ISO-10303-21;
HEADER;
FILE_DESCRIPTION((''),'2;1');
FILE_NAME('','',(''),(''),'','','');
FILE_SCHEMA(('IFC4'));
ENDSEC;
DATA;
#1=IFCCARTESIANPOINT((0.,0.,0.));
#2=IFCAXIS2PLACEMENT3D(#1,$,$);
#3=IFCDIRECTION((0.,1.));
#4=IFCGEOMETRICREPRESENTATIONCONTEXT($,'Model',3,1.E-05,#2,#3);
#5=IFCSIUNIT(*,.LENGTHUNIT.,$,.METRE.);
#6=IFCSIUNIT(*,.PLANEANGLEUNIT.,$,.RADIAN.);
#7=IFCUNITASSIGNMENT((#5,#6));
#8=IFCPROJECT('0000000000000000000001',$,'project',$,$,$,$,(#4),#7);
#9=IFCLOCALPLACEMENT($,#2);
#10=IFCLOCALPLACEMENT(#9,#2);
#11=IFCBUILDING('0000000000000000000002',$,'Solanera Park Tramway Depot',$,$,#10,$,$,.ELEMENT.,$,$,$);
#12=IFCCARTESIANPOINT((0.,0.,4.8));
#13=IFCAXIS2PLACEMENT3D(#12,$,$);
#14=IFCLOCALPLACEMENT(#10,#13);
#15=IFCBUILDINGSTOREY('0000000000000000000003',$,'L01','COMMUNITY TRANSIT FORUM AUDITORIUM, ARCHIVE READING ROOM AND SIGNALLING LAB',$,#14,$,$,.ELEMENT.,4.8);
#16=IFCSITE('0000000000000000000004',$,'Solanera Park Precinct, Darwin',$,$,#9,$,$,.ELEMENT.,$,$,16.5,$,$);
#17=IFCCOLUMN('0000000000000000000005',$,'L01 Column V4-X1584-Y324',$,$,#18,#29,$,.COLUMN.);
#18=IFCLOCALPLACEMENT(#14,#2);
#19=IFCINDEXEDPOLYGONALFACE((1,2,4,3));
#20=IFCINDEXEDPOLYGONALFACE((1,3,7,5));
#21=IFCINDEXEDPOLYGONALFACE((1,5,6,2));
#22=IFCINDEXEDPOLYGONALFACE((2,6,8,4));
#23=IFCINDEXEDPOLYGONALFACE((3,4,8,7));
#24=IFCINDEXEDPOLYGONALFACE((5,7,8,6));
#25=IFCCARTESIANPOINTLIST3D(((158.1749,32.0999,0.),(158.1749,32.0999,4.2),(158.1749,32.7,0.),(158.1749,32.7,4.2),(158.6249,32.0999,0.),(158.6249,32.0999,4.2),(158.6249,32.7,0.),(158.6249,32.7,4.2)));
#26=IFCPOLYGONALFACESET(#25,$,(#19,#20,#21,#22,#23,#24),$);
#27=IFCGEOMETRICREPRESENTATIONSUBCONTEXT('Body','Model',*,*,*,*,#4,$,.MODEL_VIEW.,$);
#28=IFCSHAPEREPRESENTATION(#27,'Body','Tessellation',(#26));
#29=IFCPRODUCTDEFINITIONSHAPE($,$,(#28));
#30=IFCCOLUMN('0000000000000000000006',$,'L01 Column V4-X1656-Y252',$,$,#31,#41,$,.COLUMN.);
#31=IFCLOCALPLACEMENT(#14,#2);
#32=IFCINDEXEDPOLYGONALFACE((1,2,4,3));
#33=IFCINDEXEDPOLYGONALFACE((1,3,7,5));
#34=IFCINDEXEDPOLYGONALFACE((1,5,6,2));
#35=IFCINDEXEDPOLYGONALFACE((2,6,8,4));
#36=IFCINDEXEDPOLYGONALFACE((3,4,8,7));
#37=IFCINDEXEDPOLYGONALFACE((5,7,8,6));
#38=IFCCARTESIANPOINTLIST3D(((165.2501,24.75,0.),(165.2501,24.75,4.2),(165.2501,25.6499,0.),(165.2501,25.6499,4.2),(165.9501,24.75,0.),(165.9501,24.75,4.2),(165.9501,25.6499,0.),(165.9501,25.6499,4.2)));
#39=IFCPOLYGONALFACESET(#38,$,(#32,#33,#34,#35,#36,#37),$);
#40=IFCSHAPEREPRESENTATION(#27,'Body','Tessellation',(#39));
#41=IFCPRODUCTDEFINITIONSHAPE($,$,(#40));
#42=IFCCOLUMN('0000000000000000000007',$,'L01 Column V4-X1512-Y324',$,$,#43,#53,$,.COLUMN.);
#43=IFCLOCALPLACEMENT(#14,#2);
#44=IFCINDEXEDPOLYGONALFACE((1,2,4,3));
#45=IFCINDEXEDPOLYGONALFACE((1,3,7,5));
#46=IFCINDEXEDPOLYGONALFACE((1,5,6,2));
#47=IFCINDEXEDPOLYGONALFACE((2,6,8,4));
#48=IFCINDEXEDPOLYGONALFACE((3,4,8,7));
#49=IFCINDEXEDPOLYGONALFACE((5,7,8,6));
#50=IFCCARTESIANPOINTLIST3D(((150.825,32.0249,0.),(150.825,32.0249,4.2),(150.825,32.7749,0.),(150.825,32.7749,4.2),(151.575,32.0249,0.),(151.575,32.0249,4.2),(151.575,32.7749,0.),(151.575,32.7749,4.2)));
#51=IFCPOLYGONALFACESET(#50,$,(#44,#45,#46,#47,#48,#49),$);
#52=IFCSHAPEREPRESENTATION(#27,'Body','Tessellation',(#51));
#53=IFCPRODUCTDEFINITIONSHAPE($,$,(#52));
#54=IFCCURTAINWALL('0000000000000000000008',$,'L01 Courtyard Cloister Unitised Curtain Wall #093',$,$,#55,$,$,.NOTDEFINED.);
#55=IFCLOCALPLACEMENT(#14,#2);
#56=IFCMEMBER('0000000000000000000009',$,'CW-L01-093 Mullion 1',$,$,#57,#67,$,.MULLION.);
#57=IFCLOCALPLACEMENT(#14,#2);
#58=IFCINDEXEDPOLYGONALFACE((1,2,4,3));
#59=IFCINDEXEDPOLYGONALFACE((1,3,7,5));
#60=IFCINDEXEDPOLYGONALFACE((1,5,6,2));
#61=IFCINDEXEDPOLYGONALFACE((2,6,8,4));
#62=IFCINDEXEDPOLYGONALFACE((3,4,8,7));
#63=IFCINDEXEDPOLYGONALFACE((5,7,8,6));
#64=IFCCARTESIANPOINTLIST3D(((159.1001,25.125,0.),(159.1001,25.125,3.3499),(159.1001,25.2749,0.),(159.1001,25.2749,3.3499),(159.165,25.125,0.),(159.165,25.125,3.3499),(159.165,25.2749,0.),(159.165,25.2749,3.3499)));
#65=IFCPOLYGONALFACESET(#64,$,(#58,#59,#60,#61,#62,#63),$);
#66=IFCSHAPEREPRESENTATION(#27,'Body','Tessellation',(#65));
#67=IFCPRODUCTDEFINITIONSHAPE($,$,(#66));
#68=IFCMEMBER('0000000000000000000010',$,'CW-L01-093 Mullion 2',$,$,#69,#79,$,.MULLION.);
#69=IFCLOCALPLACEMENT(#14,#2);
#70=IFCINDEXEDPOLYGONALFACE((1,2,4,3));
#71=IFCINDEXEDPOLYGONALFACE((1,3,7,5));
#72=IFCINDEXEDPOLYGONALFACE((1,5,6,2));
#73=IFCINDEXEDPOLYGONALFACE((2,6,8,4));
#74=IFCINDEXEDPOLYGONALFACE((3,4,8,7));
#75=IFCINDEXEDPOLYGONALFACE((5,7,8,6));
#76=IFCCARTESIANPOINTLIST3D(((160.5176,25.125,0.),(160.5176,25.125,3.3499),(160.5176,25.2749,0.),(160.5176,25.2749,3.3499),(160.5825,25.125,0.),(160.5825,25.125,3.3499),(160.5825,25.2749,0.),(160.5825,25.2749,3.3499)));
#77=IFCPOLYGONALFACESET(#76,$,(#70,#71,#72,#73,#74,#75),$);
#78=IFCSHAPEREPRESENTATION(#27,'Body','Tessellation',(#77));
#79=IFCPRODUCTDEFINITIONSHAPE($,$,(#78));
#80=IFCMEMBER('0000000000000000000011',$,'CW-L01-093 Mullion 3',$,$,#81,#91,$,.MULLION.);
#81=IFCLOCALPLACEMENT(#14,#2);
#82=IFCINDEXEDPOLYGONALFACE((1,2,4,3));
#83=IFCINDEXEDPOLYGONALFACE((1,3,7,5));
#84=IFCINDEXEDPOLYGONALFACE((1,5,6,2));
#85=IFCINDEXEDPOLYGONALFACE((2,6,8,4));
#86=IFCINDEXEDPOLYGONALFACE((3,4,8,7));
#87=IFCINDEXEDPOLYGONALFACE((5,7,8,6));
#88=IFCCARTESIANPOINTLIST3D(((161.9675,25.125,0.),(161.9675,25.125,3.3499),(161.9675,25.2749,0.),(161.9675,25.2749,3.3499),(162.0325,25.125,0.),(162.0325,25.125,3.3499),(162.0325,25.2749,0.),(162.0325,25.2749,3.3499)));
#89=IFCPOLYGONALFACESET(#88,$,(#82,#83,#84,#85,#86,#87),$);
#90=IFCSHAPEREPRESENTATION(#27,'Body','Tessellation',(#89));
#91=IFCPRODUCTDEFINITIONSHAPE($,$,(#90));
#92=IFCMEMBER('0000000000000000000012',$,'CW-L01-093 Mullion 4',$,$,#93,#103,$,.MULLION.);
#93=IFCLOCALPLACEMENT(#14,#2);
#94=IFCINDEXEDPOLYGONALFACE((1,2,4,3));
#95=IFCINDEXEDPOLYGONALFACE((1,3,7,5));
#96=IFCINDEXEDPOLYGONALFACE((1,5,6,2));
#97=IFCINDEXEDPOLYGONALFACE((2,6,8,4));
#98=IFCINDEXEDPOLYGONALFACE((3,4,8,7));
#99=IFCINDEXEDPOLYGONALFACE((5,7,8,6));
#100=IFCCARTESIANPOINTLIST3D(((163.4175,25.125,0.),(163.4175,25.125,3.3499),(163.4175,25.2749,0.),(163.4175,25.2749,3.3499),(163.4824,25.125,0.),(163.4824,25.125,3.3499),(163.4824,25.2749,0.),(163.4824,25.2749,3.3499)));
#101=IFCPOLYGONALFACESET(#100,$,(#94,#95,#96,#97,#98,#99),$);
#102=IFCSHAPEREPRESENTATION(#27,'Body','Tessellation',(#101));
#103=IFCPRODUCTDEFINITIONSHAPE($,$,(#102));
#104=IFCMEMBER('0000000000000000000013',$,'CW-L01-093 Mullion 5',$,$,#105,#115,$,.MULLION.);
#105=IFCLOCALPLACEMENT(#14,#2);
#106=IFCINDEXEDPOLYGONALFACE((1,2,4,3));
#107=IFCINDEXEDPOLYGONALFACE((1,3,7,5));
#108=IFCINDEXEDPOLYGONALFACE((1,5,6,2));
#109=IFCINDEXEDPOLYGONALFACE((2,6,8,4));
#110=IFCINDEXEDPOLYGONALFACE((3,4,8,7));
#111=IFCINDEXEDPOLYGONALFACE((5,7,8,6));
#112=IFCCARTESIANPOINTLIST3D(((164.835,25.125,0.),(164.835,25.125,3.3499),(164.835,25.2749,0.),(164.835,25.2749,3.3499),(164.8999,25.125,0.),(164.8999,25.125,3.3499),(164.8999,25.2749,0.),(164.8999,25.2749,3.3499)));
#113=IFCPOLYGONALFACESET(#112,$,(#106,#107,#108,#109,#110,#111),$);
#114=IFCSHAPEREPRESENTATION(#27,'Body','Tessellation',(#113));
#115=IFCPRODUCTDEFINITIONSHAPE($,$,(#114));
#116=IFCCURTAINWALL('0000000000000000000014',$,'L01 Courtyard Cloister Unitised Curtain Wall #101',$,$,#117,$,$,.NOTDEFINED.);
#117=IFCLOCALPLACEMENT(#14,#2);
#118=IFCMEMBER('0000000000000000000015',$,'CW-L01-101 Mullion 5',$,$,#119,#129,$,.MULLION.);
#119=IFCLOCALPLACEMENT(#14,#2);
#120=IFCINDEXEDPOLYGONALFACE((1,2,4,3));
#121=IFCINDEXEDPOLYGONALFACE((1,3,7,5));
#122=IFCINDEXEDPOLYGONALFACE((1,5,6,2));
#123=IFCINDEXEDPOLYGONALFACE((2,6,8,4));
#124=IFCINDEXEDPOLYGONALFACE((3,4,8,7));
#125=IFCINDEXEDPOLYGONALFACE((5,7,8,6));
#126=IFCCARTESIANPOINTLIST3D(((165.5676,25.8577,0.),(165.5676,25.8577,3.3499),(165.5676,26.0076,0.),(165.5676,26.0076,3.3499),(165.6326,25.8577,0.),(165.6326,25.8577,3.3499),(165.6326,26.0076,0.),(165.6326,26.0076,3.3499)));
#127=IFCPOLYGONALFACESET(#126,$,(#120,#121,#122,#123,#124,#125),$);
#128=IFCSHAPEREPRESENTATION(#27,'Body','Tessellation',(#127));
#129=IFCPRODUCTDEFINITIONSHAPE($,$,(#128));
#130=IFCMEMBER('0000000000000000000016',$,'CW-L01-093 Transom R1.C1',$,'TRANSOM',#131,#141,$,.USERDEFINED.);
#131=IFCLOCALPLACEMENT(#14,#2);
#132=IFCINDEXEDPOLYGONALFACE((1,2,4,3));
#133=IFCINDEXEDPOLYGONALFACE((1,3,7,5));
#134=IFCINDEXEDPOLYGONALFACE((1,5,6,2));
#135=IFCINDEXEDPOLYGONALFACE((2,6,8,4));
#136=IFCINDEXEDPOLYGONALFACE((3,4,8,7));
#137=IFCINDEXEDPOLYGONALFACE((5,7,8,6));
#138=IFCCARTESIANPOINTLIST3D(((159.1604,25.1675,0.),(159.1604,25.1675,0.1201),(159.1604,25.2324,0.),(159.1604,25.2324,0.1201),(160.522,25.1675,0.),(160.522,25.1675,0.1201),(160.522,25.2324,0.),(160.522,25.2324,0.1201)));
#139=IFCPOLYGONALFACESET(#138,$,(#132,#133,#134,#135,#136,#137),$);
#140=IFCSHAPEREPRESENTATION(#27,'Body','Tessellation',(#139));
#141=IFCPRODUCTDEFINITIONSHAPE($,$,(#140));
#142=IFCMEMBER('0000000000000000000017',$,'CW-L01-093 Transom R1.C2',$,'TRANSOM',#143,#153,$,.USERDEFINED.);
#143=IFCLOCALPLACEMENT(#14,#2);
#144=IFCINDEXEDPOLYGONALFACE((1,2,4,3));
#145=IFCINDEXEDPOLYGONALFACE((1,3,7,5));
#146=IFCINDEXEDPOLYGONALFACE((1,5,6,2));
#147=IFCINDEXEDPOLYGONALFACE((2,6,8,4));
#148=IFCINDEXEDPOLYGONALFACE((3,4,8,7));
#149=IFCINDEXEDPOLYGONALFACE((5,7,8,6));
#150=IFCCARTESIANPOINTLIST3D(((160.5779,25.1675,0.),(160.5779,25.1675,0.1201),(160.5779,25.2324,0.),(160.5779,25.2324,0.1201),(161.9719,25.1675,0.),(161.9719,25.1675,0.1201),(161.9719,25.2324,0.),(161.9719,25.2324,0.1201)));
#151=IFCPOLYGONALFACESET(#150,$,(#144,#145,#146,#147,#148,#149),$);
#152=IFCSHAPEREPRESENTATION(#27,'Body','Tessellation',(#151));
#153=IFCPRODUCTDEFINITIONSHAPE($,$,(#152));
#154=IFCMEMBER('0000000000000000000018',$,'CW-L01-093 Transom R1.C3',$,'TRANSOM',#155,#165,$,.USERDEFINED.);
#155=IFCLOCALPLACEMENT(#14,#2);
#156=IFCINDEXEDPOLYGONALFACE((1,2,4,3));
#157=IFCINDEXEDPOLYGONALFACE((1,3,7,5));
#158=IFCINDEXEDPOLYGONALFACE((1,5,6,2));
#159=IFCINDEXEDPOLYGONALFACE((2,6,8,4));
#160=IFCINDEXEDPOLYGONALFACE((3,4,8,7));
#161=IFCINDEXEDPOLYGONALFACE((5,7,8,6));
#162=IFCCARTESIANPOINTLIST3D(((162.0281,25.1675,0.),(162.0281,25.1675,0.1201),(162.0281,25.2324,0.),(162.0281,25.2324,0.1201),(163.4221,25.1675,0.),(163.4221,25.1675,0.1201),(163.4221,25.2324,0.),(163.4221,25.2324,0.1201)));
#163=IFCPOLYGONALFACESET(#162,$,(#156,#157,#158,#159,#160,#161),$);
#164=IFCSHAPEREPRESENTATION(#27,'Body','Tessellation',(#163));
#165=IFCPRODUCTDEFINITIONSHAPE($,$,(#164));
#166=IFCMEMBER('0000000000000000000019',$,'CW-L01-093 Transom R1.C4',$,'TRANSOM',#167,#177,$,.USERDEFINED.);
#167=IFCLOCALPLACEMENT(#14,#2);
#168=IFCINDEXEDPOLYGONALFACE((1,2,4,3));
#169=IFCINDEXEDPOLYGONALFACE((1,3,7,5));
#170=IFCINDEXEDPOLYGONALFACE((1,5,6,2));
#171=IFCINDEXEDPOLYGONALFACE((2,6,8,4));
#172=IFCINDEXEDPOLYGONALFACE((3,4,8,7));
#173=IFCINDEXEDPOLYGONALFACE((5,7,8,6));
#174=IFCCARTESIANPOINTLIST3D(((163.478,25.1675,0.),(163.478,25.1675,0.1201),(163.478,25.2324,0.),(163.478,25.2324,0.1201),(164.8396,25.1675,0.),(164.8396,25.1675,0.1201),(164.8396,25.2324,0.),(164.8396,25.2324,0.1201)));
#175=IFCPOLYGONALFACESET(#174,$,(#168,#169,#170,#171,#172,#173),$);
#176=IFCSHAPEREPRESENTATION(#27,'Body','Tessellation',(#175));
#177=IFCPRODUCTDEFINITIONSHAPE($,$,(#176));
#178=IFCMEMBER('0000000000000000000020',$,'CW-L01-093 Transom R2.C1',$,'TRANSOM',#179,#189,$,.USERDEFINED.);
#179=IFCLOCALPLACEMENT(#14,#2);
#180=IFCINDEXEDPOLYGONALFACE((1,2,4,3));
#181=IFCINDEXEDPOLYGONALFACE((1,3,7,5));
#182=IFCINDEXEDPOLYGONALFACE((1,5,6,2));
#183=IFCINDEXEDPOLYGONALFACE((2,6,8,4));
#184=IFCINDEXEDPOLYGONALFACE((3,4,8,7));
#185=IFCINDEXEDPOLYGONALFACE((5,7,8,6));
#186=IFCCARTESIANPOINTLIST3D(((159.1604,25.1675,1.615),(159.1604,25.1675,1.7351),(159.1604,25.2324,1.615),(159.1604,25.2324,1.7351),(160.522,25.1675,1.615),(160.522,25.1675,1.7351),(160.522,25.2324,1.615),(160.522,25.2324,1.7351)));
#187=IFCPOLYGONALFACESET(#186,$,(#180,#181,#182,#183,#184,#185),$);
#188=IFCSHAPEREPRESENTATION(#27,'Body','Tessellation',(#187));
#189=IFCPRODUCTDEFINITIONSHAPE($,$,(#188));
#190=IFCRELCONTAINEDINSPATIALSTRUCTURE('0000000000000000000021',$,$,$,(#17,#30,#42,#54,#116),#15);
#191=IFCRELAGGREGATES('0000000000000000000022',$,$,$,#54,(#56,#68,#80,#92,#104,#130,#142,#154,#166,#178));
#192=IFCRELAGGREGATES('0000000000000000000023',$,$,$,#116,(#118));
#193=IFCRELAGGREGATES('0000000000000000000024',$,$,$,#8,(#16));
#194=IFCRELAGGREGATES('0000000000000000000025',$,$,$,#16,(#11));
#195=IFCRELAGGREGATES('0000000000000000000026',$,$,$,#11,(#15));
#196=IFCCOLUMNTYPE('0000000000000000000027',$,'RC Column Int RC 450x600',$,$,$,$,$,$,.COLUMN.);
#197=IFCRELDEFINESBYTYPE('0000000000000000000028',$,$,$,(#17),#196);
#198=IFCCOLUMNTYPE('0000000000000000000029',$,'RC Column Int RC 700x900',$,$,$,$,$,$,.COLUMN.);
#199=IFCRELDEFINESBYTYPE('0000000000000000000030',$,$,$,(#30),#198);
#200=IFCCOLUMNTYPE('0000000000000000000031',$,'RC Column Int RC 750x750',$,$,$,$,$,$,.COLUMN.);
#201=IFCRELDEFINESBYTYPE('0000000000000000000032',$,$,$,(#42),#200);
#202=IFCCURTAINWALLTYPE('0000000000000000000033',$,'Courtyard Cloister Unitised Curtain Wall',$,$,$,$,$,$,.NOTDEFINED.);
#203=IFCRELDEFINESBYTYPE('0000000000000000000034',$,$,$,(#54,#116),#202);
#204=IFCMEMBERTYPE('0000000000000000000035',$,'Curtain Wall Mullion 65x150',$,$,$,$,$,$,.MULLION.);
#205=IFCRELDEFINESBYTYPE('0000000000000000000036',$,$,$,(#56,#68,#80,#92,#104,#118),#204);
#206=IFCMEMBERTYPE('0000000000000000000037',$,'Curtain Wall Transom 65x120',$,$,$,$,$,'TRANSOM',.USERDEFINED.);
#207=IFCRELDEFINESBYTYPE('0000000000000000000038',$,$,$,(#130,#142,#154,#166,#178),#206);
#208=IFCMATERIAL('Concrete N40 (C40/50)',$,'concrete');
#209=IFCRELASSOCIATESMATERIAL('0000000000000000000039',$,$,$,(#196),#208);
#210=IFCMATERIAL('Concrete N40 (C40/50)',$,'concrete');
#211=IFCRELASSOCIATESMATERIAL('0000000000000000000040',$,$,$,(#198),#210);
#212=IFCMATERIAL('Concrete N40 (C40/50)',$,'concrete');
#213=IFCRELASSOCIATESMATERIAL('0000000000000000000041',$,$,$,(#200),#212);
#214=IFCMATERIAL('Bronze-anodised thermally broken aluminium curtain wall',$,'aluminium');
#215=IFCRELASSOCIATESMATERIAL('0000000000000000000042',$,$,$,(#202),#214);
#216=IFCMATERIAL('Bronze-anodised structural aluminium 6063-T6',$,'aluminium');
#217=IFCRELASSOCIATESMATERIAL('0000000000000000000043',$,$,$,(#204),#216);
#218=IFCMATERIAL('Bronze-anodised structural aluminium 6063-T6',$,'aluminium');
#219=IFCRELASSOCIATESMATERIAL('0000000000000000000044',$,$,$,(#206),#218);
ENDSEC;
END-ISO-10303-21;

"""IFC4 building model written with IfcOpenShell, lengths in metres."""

from ifc_helpers import new_model, si_unit, direction, frame, origin, origin_2d, place, context, subcontext, project, spatial, rectangle, extrude, material, material_profile, profile_set, type_object, element, aggregate, save


model = new_model("IFC4")

# Units and contexts
model_context = context("Model", 3, precision=1e-05, world=origin(), true_north=direction((0.0, 1.0)))
body_context = subcontext(model_context, "Body", "Model", "MODEL_VIEW")
ifc_project = project(units=[si_unit("LENGTHUNIT", "METRE"), si_unit("PLANEANGLEUNIT", "RADIAN")], contexts=[model_context])

# Site, building, storey
site_placement = place(None, origin())
site = spatial("IfcSite", under=ifc_project, at=site_placement, Name="Solanera Park Precinct, Darwin", CompositionType="ELEMENT", RefElevation=16.5)
building_placement = place(site_placement, origin())
building = spatial("IfcBuilding", under=site, at=building_placement, Name="Solanera Park Tramway Depot", CompositionType="ELEMENT")
storey_placement = place(building_placement, frame((0.0, 0.0, 4.8)))
storey = spatial("IfcBuildingStorey", under=building, at=storey_placement, Name="L01", Description="COMMUNITY TRANSIT FORUM AUDITORIUM, ARCHIVE READING ROOM AND SIGNALLING LAB", CompositionType="ELEMENT", Elevation=4.8)

# Columns
ifc_material_1 = material(Name="Concrete N40 (C40/50)", Category="concrete")
ifc_material_profile_1 = material_profile(ifc_material_1, rectangle(XDim=0.45, YDim=0.6001, at=origin_2d()), Name="RC 450x600")
ifc_profile_set_1 = profile_set([ifc_material_profile_1], Name="Concrete N40 (C40/50)")
column_type_1 = type_object("IfcColumnType", Name="RC Column Int RC 450x600", PredefinedType="COLUMN", material=ifc_profile_set_1)
column_1_placement = place(storey_placement, frame((158.3999, 32.3999, 0.0), z_axis=(0.0, 0.0, 1.0), x_axis=(1.0, 0.0, 0.0)))
element("IfcColumn", 1, at=column_1_placement, inside=storey, type_object=column_type_1, Name="L01 Column V4-X1584-Y324", PredefinedType="COLUMN", context=body_context, shape_type="SweptSolid", body=[
    extrude(rectangle(XDim=0.45, YDim=0.6001, at=origin_2d()), origin(), (0.0, 0.0, 1.0), 4.2),
])
ifc_material_2 = material(Name="Concrete N40 (C40/50)", Category="concrete")
ifc_material_profile_2 = material_profile(ifc_material_2, rectangle(XDim=0.7, YDim=0.8999, at=origin_2d()), Name="RC 700x900")
ifc_profile_set_2 = profile_set([ifc_material_profile_2], Name="Concrete N40 (C40/50)")
column_type_2 = type_object("IfcColumnType", Name="RC Column Int RC 700x900", PredefinedType="COLUMN", material=ifc_profile_set_2)
column_2_placement = place(storey_placement, frame((165.6001, 25.2, 0.0), z_axis=(0.0, 0.0, 1.0), x_axis=(1.0, 0.0, 0.0)))
element("IfcColumn", 2, at=column_2_placement, inside=storey, type_object=column_type_2, Name="L01 Column V4-X1656-Y252", PredefinedType="COLUMN", context=body_context, shape_type="SweptSolid", body=[
    extrude(rectangle(XDim=0.7, YDim=0.8999, at=origin_2d()), origin(), (0.0, 0.0, 1.0), 4.2),
])
ifc_material_3 = material(Name="Concrete N40 (C40/50)", Category="concrete")
ifc_material_profile_3 = material_profile(ifc_material_3, rectangle(XDim=0.75, YDim=0.75, at=origin_2d()), Name="RC 750x750")
ifc_profile_set_3 = profile_set([ifc_material_profile_3], Name="Concrete N40 (C40/50)")
column_type_3 = type_object("IfcColumnType", Name="RC Column Int RC 750x750", PredefinedType="COLUMN", material=ifc_profile_set_3)
column_3_placement = place(storey_placement, frame((151.2, 32.3999, 0.0), z_axis=(0.0, 0.0, 1.0), x_axis=(1.0, 0.0, 0.0)))
element("IfcColumn", 3, at=column_3_placement, inside=storey, type_object=column_type_3, Name="L01 Column V4-X1512-Y324", PredefinedType="COLUMN", context=body_context, shape_type="SweptSolid", body=[
    extrude(rectangle(XDim=0.75, YDim=0.75, at=origin_2d()), origin(), (0.0, 0.0, 1.0), 4.2),
])

# Curtain wall, members
ifc_material_4 = material(Name="Bronze-anodised thermally broken aluminium curtain wall", Category="aluminium")
curtain_wall_type = type_object("IfcCurtainWallType", Name="Courtyard Cloister Unitised Curtain Wall", PredefinedType="NOTDEFINED", material=ifc_material_4)
curtain_wall_1_placement = place(storey_placement, origin())
curtain_wall_1 = element("IfcCurtainWall", 4, at=curtain_wall_1_placement, inside=storey, type_object=curtain_wall_type, Name="L01 Courtyard Cloister Unitised Curtain Wall #093", PredefinedType="NOTDEFINED")
ifc_material_5 = material(Name="Bronze-anodised structural aluminium 6063-T6", Category="aluminium")
ifc_material_profile_4 = material_profile(ifc_material_5, rectangle(XDim=0.0649, YDim=0.1499, at=origin_2d()), Name="Curtain Wall Mullion 65x150")
ifc_profile_set_4 = profile_set([ifc_material_profile_4], Name="Bronze-anodised structural aluminium 6063-T6")
member_type_1 = type_object("IfcMemberType", Name="Curtain Wall Mullion 65x150", PredefinedType="MULLION", material=ifc_profile_set_4)
member_1_placement = place(storey_placement, frame((159.1326, 25.2, 0.0), z_axis=(0.0, 0.0, 1.0), x_axis=(1.0, 0.0, 0.0)))
member_1 = element("IfcMember", 5, at=member_1_placement, type_object=member_type_1, Name="CW-L01-093 Mullion 1", PredefinedType="MULLION", context=body_context, shape_type="SweptSolid", body=[
    extrude(rectangle(XDim=0.0649, YDim=0.1499, at=origin_2d()), origin(), (0.0, 0.0, 1.0), 3.3499),
])
member_2_placement = place(storey_placement, frame((160.55, 25.2, 0.0), z_axis=(0.0, 0.0, 1.0), x_axis=(1.0, 0.0, 0.0)))
member_2 = element("IfcMember", 6, at=member_2_placement, type_object=member_type_1, Name="CW-L01-093 Mullion 2", PredefinedType="MULLION", context=body_context, shape_type="SweptSolid", body=[
    extrude(rectangle(XDim=0.0649, YDim=0.1499, at=origin_2d()), origin(), (0.0, 0.0, 1.0), 3.3499),
])
member_3_placement = place(storey_placement, frame((162.0, 25.2, 0.0), z_axis=(0.0, 0.0, 1.0), x_axis=(1.0, 0.0, 0.0)))
member_3 = element("IfcMember", 7, at=member_3_placement, type_object=member_type_1, Name="CW-L01-093 Mullion 3", PredefinedType="MULLION", context=body_context, shape_type="SweptSolid", body=[
    extrude(rectangle(XDim=0.0649, YDim=0.1499, at=origin_2d()), origin(), (0.0, 0.0, 1.0), 3.3499),
])
member_4_placement = place(storey_placement, frame((163.45, 25.2, 0.0), z_axis=(0.0, 0.0, 1.0), x_axis=(1.0, 0.0, 0.0)))
member_4 = element("IfcMember", 8, at=member_4_placement, type_object=member_type_1, Name="CW-L01-093 Mullion 4", PredefinedType="MULLION", context=body_context, shape_type="SweptSolid", body=[
    extrude(rectangle(XDim=0.0649, YDim=0.1499, at=origin_2d()), origin(), (0.0, 0.0, 1.0), 3.3499),
])
member_5_placement = place(storey_placement, frame((164.8674, 25.2, 0.0), z_axis=(0.0, 0.0, 1.0), x_axis=(1.0, 0.0, 0.0)))
member_5 = element("IfcMember", 9, at=member_5_placement, type_object=member_type_1, Name="CW-L01-093 Mullion 5", PredefinedType="MULLION", context=body_context, shape_type="SweptSolid", body=[
    extrude(rectangle(XDim=0.0649, YDim=0.1499, at=origin_2d()), origin(), (0.0, 0.0, 1.0), 3.3499),
])

# Curtain wall, member
curtain_wall_2_placement = place(storey_placement, origin())
curtain_wall_2 = element("IfcCurtainWall", 10, at=curtain_wall_2_placement, inside=storey, type_object=curtain_wall_type, Name="L01 Courtyard Cloister Unitised Curtain Wall #101", PredefinedType="NOTDEFINED")
member_6_placement = place(storey_placement, frame((165.6001, 25.9326, 0.0), z_axis=(0.0, 0.0, 1.0), x_axis=(1.0, 0.0, 0.0)))
member_6 = element("IfcMember", 11, at=member_6_placement, type_object=member_type_1, Name="CW-L01-101 Mullion 5", PredefinedType="MULLION", context=body_context, shape_type="SweptSolid", body=[
    extrude(rectangle(XDim=0.0649, YDim=0.1499, at=origin_2d()), origin(), (0.0, 0.0, 1.0), 3.3499),
])

# Members
ifc_material_6 = material(Name="Bronze-anodised structural aluminium 6063-T6", Category="aluminium")
ifc_material_profile_5 = material_profile(ifc_material_6, rectangle(XDim=0.0649, YDim=0.1201, at=origin_2d()), Name="Curtain Wall Transom 65x120")
ifc_profile_set_5 = profile_set([ifc_material_profile_5], Name="Bronze-anodised structural aluminium 6063-T6")
member_type_2 = type_object("IfcMemberType", Name="Curtain Wall Transom 65x120", ElementType="TRANSOM", PredefinedType="USERDEFINED", material=ifc_profile_set_5)
member_7_placement = place(storey_placement, frame((159.1604, 25.2, 0.0601), z_axis=(1.0, 0.0, 0.0), x_axis=(0.0, 1.0, 0.0)))
member_7 = element("IfcMember", 12, at=member_7_placement, type_object=member_type_2, Name="CW-L01-093 Transom R1.C1", ObjectType="TRANSOM", PredefinedType="USERDEFINED", context=body_context, shape_type="SweptSolid", body=[
    extrude(rectangle(XDim=0.0649, YDim=0.1201, at=origin_2d()), origin(), (0.0, 0.0, 1.0), 1.3616),
])
member_8_placement = place(storey_placement, frame((160.5779, 25.2, 0.0601), z_axis=(1.0, 0.0, 0.0), x_axis=(0.0, 1.0, 0.0)))
member_8 = element("IfcMember", 13, at=member_8_placement, type_object=member_type_2, Name="CW-L01-093 Transom R1.C2", ObjectType="TRANSOM", PredefinedType="USERDEFINED", context=body_context, shape_type="SweptSolid", body=[
    extrude(rectangle(XDim=0.0649, YDim=0.1201, at=origin_2d()), origin(), (0.0, 0.0, 1.0), 1.394),
])
member_9_placement = place(storey_placement, frame((162.0281, 25.2, 0.0601), z_axis=(1.0, 0.0, 0.0), x_axis=(0.0, 1.0, 0.0)))
member_9 = element("IfcMember", 14, at=member_9_placement, type_object=member_type_2, Name="CW-L01-093 Transom R1.C3", ObjectType="TRANSOM", PredefinedType="USERDEFINED", context=body_context, shape_type="SweptSolid", body=[
    extrude(rectangle(XDim=0.0649, YDim=0.1201, at=origin_2d()), origin(), (0.0, 0.0, 1.0), 1.394),
])
member_10_placement = place(storey_placement, frame((163.478, 25.2, 0.0601), z_axis=(1.0, 0.0, 0.0), x_axis=(0.0, 1.0, 0.0)))
member_10 = element("IfcMember", 15, at=member_10_placement, type_object=member_type_2, Name="CW-L01-093 Transom R1.C4", ObjectType="TRANSOM", PredefinedType="USERDEFINED", context=body_context, shape_type="SweptSolid", body=[
    extrude(rectangle(XDim=0.0649, YDim=0.1201, at=origin_2d()), origin(), (0.0, 0.0, 1.0), 1.3616),
])
member_11_placement = place(storey_placement, frame((159.1604, 25.2, 1.675), z_axis=(1.0, 0.0, 0.0), x_axis=(0.0, 1.0, 0.0)))
member_11 = element("IfcMember", 16, at=member_11_placement, type_object=member_type_2, Name="CW-L01-093 Transom R2.C1", ObjectType="TRANSOM", PredefinedType="USERDEFINED", context=body_context, shape_type="SweptSolid", body=[
    extrude(rectangle(XDim=0.0649, YDim=0.1201, at=origin_2d()), origin(), (0.0, 0.0, 1.0), 1.3616),
])

aggregate(curtain_wall_1, [member_1, member_2, member_3, member_4, member_5, member_7, member_8, member_9, member_10, member_11])
aggregate(curtain_wall_2, [member_6])

save(model, "model.ifc")
